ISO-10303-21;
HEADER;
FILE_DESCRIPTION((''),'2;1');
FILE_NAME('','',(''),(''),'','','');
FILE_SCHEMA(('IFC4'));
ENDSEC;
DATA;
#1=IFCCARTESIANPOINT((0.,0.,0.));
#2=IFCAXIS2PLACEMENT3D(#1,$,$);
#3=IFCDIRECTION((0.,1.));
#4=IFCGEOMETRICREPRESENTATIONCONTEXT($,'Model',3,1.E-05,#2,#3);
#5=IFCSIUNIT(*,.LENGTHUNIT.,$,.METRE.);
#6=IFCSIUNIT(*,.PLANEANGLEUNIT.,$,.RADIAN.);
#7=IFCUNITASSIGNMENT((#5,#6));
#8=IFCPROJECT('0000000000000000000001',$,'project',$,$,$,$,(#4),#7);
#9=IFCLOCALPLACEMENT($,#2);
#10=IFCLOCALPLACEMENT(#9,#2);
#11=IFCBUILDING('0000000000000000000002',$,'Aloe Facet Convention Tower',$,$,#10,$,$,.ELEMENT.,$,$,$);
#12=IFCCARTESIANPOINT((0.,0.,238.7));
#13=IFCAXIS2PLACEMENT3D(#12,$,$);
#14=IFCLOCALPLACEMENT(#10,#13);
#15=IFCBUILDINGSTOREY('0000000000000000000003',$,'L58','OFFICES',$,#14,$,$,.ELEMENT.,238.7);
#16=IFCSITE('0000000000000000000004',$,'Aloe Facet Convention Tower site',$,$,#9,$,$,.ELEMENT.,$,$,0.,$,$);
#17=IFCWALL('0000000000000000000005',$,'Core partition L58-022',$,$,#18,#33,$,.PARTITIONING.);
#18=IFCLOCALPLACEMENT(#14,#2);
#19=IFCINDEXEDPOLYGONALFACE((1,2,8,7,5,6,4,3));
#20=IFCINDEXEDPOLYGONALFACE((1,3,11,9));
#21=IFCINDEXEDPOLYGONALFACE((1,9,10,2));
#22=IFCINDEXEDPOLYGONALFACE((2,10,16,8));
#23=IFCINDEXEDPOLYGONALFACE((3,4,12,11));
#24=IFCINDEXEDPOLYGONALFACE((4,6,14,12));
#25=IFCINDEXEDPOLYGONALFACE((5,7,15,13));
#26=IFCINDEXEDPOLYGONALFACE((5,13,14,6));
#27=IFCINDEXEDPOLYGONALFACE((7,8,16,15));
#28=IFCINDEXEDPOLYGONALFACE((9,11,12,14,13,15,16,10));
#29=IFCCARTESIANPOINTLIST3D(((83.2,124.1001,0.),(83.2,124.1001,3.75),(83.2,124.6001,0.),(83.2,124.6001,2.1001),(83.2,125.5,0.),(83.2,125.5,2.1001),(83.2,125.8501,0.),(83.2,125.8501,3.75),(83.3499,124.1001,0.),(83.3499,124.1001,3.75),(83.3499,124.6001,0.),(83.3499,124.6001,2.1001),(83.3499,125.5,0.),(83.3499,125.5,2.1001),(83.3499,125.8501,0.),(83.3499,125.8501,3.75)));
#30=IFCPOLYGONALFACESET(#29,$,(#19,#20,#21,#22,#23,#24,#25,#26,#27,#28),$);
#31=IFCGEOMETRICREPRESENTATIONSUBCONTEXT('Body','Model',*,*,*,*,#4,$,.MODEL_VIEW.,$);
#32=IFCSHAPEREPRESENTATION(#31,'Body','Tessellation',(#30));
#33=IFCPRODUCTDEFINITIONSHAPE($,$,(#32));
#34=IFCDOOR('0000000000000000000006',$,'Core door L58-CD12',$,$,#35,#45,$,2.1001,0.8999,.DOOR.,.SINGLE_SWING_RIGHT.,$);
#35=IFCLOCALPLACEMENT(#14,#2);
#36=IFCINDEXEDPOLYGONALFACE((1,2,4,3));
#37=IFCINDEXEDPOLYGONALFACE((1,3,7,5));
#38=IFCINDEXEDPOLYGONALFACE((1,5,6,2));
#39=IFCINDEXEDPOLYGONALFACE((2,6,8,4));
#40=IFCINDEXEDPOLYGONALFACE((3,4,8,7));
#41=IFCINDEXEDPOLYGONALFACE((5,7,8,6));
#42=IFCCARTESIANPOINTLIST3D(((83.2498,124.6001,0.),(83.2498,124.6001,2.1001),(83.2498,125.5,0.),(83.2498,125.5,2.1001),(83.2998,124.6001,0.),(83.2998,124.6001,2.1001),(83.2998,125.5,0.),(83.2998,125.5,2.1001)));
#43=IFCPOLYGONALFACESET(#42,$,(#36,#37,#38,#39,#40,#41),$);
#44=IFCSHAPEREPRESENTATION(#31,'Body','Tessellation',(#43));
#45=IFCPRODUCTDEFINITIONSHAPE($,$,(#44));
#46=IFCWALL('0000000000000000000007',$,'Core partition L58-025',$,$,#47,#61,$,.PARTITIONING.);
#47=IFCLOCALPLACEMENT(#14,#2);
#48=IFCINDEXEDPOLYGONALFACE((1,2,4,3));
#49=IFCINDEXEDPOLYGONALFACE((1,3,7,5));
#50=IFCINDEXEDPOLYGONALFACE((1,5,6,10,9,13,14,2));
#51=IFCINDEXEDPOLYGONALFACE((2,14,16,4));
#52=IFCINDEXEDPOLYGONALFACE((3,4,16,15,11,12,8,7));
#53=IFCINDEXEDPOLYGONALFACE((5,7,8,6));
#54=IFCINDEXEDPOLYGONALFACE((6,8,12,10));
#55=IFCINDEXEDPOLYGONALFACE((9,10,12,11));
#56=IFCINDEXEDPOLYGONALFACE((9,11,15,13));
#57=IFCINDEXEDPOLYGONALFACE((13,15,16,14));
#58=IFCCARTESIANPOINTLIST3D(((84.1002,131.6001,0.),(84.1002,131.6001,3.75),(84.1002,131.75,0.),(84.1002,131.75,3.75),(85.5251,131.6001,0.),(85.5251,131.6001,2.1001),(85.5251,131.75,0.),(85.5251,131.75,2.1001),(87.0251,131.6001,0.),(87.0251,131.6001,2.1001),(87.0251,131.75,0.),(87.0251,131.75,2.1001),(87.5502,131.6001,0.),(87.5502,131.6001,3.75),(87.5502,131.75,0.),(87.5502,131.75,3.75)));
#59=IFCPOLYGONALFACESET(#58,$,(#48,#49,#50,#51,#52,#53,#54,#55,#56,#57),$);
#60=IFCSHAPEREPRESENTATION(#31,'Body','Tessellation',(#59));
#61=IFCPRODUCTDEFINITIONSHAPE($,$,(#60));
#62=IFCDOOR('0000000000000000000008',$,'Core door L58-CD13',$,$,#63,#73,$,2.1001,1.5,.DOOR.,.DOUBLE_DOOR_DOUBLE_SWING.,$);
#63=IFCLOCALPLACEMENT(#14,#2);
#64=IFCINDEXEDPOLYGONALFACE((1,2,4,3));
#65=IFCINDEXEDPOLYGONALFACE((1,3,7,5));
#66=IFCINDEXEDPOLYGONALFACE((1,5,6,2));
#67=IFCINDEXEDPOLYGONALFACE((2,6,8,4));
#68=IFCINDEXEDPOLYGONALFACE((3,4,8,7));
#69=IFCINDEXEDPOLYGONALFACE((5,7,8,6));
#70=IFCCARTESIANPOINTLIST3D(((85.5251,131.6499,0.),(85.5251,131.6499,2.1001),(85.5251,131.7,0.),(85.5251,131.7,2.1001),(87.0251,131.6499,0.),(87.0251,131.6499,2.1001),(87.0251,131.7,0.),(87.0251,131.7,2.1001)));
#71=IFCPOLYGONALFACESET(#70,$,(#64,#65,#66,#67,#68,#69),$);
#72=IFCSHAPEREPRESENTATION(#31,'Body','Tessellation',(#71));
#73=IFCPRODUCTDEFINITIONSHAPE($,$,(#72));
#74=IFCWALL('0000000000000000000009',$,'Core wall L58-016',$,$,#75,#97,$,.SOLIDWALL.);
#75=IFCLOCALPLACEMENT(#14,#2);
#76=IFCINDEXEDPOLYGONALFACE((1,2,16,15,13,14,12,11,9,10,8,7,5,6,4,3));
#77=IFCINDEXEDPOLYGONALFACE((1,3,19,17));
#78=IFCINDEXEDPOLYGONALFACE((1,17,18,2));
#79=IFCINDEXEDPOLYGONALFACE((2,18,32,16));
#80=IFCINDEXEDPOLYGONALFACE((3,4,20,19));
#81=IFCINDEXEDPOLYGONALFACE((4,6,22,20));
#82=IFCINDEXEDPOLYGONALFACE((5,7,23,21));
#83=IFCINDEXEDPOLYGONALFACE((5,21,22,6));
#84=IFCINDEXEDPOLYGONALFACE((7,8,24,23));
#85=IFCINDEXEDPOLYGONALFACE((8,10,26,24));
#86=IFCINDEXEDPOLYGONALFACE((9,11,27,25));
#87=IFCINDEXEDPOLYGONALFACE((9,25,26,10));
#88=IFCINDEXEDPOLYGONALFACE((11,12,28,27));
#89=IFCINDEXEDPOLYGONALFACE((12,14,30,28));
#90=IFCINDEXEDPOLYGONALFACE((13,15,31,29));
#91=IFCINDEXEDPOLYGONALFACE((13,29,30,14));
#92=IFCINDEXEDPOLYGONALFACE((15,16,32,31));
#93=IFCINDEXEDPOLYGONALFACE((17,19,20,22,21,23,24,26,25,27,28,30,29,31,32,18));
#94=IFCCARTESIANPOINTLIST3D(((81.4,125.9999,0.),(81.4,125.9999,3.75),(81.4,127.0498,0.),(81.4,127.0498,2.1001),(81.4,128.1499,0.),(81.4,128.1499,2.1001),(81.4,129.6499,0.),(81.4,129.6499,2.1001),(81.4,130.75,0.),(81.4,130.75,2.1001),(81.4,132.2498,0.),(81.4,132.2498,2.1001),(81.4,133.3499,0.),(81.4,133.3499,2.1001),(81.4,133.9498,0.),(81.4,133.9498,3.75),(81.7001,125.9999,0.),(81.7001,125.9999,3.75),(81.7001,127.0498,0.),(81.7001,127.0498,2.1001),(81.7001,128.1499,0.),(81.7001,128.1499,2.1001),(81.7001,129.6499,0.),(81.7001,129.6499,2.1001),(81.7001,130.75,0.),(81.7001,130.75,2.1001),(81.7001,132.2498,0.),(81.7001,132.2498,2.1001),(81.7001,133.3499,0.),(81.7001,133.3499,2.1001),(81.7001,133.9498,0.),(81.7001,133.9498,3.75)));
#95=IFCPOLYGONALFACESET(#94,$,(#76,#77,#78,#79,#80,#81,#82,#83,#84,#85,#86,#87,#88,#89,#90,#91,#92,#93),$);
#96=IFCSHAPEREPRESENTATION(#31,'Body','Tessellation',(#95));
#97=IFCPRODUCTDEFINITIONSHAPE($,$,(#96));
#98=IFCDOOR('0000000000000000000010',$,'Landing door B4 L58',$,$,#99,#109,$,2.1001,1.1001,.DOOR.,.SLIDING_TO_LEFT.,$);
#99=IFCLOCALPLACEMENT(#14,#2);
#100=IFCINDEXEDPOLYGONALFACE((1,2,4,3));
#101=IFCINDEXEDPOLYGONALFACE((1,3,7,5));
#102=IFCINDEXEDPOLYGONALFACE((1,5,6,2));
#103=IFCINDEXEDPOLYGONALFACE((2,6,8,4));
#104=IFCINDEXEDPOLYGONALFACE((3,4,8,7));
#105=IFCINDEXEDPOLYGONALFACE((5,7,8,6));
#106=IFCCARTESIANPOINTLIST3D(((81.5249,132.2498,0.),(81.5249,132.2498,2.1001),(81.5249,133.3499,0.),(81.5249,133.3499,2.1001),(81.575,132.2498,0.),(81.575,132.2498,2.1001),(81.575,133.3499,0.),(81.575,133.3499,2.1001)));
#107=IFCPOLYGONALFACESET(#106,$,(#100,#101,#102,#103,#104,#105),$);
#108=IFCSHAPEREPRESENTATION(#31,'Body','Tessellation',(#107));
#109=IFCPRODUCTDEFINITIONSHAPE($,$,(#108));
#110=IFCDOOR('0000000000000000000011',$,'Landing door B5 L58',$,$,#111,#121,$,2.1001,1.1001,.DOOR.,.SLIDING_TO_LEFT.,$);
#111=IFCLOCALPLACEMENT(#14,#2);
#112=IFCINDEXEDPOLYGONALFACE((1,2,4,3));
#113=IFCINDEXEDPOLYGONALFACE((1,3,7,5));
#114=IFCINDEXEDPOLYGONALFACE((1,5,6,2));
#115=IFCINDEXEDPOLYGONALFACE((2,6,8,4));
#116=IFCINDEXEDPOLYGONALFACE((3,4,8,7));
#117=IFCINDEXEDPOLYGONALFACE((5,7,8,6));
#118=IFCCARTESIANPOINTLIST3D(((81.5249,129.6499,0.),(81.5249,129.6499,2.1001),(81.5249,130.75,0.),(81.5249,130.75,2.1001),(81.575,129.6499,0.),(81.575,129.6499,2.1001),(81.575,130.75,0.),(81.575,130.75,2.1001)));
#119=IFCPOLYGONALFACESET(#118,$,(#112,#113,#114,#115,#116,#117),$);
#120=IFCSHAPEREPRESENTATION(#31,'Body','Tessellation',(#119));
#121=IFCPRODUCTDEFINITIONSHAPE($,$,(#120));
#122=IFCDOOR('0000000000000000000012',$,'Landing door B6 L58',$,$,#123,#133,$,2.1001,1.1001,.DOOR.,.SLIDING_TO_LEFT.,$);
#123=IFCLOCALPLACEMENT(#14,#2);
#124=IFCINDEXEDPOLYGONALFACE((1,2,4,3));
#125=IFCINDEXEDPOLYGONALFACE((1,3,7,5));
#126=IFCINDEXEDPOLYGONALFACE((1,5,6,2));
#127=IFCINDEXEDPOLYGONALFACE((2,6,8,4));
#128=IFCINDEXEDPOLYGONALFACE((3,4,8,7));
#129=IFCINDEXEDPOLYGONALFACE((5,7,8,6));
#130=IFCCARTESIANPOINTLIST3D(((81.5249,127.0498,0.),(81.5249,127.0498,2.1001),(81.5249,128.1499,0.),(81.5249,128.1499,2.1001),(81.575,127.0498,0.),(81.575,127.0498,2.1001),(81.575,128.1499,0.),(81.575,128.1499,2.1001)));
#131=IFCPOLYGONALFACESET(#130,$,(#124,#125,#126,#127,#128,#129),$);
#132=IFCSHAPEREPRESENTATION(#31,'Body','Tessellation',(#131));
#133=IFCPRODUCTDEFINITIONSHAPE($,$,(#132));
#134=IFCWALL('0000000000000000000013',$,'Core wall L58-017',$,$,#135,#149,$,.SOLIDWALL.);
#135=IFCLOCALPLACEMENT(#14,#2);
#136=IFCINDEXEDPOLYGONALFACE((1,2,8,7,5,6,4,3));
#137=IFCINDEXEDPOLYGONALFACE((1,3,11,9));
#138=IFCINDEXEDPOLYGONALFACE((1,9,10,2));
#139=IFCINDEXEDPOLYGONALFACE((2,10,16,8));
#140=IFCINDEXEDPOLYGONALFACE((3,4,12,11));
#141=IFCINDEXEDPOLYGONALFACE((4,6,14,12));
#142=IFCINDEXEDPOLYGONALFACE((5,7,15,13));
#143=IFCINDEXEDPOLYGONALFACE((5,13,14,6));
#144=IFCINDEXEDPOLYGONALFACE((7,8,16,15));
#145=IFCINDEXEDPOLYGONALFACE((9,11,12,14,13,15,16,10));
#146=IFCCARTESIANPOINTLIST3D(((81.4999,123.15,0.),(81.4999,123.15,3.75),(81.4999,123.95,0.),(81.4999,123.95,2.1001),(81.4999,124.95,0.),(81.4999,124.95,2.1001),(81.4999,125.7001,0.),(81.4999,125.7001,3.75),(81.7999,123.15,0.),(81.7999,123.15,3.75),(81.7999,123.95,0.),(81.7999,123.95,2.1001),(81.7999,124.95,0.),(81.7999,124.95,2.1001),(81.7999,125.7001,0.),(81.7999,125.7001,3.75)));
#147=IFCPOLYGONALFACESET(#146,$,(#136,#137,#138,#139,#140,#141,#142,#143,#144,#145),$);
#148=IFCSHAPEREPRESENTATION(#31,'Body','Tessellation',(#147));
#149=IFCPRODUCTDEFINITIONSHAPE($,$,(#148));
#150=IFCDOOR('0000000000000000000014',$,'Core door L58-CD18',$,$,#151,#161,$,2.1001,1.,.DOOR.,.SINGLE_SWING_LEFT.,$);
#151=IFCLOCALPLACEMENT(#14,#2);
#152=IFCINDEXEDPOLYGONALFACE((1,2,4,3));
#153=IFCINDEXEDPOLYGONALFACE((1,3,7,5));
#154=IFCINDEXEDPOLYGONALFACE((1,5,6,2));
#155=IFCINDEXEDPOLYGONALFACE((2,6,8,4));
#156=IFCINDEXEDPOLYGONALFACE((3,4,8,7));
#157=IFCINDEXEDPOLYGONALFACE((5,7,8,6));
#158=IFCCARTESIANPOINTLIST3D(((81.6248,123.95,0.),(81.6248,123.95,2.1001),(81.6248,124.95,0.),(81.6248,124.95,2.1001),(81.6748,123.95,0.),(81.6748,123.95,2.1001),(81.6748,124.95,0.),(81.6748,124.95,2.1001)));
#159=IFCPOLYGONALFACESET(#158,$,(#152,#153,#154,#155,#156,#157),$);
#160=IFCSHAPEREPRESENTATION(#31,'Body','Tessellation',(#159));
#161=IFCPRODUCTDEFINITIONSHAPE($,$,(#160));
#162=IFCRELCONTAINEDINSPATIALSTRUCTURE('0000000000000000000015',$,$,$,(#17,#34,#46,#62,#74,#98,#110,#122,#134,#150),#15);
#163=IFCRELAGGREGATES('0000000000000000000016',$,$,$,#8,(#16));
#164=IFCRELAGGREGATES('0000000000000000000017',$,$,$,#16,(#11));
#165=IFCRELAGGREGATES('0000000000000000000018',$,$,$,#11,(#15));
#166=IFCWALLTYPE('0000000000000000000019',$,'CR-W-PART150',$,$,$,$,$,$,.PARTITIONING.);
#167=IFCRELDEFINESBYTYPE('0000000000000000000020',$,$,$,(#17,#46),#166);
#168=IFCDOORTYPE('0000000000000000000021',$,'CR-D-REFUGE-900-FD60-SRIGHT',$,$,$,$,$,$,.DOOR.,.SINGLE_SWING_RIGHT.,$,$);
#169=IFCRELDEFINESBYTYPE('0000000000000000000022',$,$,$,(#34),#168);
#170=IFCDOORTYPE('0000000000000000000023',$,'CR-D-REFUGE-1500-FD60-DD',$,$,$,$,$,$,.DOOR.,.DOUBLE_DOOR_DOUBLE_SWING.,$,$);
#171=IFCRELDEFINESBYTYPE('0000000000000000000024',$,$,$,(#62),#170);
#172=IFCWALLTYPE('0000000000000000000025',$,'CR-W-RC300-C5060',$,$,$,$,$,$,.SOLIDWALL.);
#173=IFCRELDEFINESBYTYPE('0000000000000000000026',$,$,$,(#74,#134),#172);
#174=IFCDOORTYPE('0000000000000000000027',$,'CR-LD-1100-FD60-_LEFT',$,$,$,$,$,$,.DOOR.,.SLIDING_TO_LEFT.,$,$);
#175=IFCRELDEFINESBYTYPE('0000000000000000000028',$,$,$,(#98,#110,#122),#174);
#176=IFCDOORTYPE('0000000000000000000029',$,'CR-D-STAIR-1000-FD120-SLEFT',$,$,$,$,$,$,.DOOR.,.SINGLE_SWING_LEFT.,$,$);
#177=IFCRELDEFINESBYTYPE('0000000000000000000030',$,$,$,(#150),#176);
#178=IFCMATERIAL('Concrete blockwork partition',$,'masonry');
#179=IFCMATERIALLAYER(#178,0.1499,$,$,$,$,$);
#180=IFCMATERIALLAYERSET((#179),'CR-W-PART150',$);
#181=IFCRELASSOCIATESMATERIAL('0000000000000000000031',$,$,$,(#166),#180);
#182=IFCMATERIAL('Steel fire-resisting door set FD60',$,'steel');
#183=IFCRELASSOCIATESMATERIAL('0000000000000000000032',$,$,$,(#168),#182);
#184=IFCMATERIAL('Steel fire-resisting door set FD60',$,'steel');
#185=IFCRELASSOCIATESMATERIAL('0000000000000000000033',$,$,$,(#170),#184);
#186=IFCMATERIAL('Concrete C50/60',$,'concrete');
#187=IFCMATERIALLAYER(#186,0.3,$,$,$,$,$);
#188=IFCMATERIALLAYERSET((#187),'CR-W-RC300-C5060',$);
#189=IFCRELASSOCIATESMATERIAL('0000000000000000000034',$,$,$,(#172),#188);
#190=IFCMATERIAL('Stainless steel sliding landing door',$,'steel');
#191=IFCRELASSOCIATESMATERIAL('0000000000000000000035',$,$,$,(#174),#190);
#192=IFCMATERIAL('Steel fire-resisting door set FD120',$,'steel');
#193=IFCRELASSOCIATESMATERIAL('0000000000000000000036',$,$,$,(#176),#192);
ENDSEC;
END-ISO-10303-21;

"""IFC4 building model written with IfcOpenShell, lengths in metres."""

from ifc_helpers import new_model, si_unit, direction, frame, frame_2d, origin, place, context, subcontext, project, spatial, rectangle, extrude, material, layer, layer_set, type_object, element, fill, save


model = new_model("IFC4")

# Units and contexts
model_context = context("Model", 3, precision=1e-05, world=origin(), true_north=direction((0.0, 1.0)))
body_context = subcontext(model_context, "Body", "Model", "MODEL_VIEW")
ifc_project = project(units=[si_unit("LENGTHUNIT", "METRE"), si_unit("PLANEANGLEUNIT", "RADIAN")], contexts=[model_context])

# Site, building, storey
site_placement = place(None, origin())
site = spatial("IfcSite", under=ifc_project, at=site_placement, Name="Aloe Facet Convention Tower site", CompositionType="ELEMENT", RefElevation=0.0)
building_placement = place(site_placement, origin())
building = spatial("IfcBuilding", under=site, at=building_placement, Name="Aloe Facet Convention Tower", CompositionType="ELEMENT")
storey_placement = place(building_placement, frame((0.0, 0.0, 238.7)))
storey = spatial("IfcBuildingStorey", under=building, at=storey_placement, Name="L58", Description="OFFICES", CompositionType="ELEMENT", Elevation=238.7)

# Walls, openings, doors
ifc_material_1 = material(Name="Concrete blockwork partition", Category="masonry")
ifc_layer_1 = layer(ifc_material_1, 0.1499)
ifc_layer_set_1 = layer_set([ifc_layer_1], Name="CR-W-PART150")
wall_type_1 = type_object("IfcWallType", Name="CR-W-PART150", PredefinedType="PARTITIONING", material=ifc_layer_set_1)
wall_1_placement = place(storey_placement, frame((83.2749, 125.8501, 0.0), z_axis=(0.0, 0.0, 1.0), x_axis=(0.0, -1.0, 0.0)))
wall_1 = element("IfcWall", 1, at=wall_1_placement, inside=storey, type_object=wall_type_1, Name="Core partition L58-022", PredefinedType="PARTITIONING", context=body_context, shape_type="SweptSolid", body=[
    extrude(rectangle(XDim=1.75, YDim=0.1499, at=frame_2d((0.875, 0.0))), origin(), (0.0, 0.0, 1.0), 3.75),
])
opening_1_placement = place(wall_1_placement, frame((0.3501, 0.0, 0.0)))
opening_1 = element("IfcOpeningElement", 2, at=opening_1_placement, cuts=wall_1, PredefinedType="OPENING", context=body_context, shape_type="SweptSolid", body=[
    extrude(rectangle(XDim=0.8999, YDim=2.1001, at=frame_2d((0.45, 1.05))), frame((0.0, 0.085, 0.0), z_axis=(0.0, -1.0, 0.0), x_axis=(1.0, 0.0, 0.0)), (0.0, 0.0, 1.0), 0.1699),
])
ifc_material_2 = material(Name="Steel fire-resisting door set FD60", Category="steel")
door_type_1 = type_object("IfcDoorType", Name="CR-D-REFUGE-900-FD60-SRIGHT", OperationType="SINGLE_SWING_RIGHT", PredefinedType="DOOR", material=ifc_material_2)
door_1_placement = place(opening_1_placement, origin())
door_1 = element("IfcDoor", 3, at=door_1_placement, inside=storey, type_object=door_type_1, Name="Core door L58-CD12", OperationType="SINGLE_SWING_RIGHT", OverallHeight=2.1001, OverallWidth=0.8999, PredefinedType="DOOR", context=body_context, shape_type="SweptSolid", body=[
    extrude(rectangle(XDim=0.8999, YDim=2.1001, at=frame_2d((0.45, 1.05))), frame((0.0, 0.0249, 0.0), z_axis=(0.0, -1.0, 0.0), x_axis=(1.0, 0.0, 0.0)), (0.0, 0.0, 1.0), 0.05),
])
fill(opening_1, door_1)
wall_2_placement = place(storey_placement, frame((84.1001, 131.675, 0.0), z_axis=(0.0, 0.0, 1.0), x_axis=(1.0, 0.0, 0.0)))
wall_2 = element("IfcWall", 4, at=wall_2_placement, inside=storey, type_object=wall_type_1, Name="Core partition L58-025", PredefinedType="PARTITIONING", context=body_context, shape_type="SweptSolid", body=[
    extrude(rectangle(XDim=3.45, YDim=0.1499, at=frame_2d((1.7251, 0.0))), origin(), (0.0, 0.0, 1.0), 3.75),
])
opening_2_placement = place(wall_2_placement, frame((1.425, 0.0, 0.0)))
opening_2 = element("IfcOpeningElement", 5, at=opening_2_placement, cuts=wall_2, PredefinedType="OPENING", context=body_context, shape_type="SweptSolid", body=[
    extrude(rectangle(XDim=1.5, YDim=2.1001, at=frame_2d((0.75, 1.05))), frame((0.0, 0.085, 0.0), z_axis=(0.0, -1.0, 0.0), x_axis=(1.0, 0.0, 0.0)), (0.0, 0.0, 1.0), 0.1699),
])
ifc_material_3 = material(Name="Steel fire-resisting door set FD60", Category="steel")
door_type_2 = type_object("IfcDoorType", Name="CR-D-REFUGE-1500-FD60-DD", OperationType="DOUBLE_DOOR_DOUBLE_SWING", PredefinedType="DOOR", material=ifc_material_3)
door_2_placement = place(opening_2_placement, origin())
door_2 = element("IfcDoor", 6, at=door_2_placement, inside=storey, type_object=door_type_2, Name="Core door L58-CD13", OperationType="DOUBLE_DOOR_DOUBLE_SWING", OverallHeight=2.1001, OverallWidth=1.5, PredefinedType="DOOR", context=body_context, shape_type="SweptSolid", body=[
    extrude(rectangle(XDim=1.5, YDim=2.1001, at=frame_2d((0.75, 1.05))), frame((0.0, 0.0249, 0.0), z_axis=(0.0, -1.0, 0.0), x_axis=(1.0, 0.0, 0.0)), (0.0, 0.0, 1.0), 0.05),
])
fill(opening_2, door_2)

# Wall, openings, doors
ifc_material_4 = material(Name="Concrete C50/60", Category="concrete")
ifc_layer_2 = layer(ifc_material_4, 0.3)
ifc_layer_set_2 = layer_set([ifc_layer_2], Name="CR-W-RC300-C5060")
wall_type_2 = type_object("IfcWallType", Name="CR-W-RC300-C5060", PredefinedType="SOLIDWALL", material=ifc_layer_set_2)
wall_3_placement = place(storey_placement, frame((81.55, 133.95, 0.0), z_axis=(0.0, 0.0, 1.0), x_axis=(0.0, -1.0, 0.0)))
wall_3 = element("IfcWall", 7, at=wall_3_placement, inside=storey, type_object=wall_type_2, Name="Core wall L58-016", PredefinedType="SOLIDWALL", context=body_context, shape_type="SweptSolid", body=[
    extrude(rectangle(XDim=7.95, YDim=0.3, at=frame_2d((3.9751, 0.0))), origin(), (0.0, 0.0, 1.0), 3.75),
])
opening_3_placement = place(wall_3_placement, frame((0.6001, 0.0, 0.0)))
opening_3 = element("IfcOpeningElement", 8, at=opening_3_placement, cuts=wall_3, PredefinedType="OPENING", context=body_context, shape_type="SweptSolid", body=[
    extrude(rectangle(XDim=1.1001, YDim=2.1001, at=frame_2d((0.55, 1.05))), frame((0.0, 0.1602, 0.0), z_axis=(0.0, -1.0, 0.0), x_axis=(1.0, 0.0, 0.0)), (0.0, 0.0, 1.0), 0.3201),
])
opening_4_placement = place(wall_3_placement, frame((3.2, 0.0, 0.0)))
opening_4 = element("IfcOpeningElement", 9, at=opening_4_placement, cuts=wall_3, PredefinedType="OPENING", context=body_context, shape_type="SweptSolid", body=[
    extrude(rectangle(XDim=1.1001, YDim=2.1001, at=frame_2d((0.55, 1.05))), frame((0.0, 0.1602, 0.0), z_axis=(0.0, -1.0, 0.0), x_axis=(1.0, 0.0, 0.0)), (0.0, 0.0, 1.0), 0.3201),
])
opening_5_placement = place(wall_3_placement, frame((5.8, 0.0, 0.0)))
opening_5 = element("IfcOpeningElement", 10, at=opening_5_placement, cuts=wall_3, PredefinedType="OPENING", context=body_context, shape_type="SweptSolid", body=[
    extrude(rectangle(XDim=1.1001, YDim=2.1001, at=frame_2d((0.55, 1.05))), frame((0.0, 0.1602, 0.0), z_axis=(0.0, -1.0, 0.0), x_axis=(1.0, 0.0, 0.0)), (0.0, 0.0, 1.0), 0.3201),
])
ifc_material_5 = material(Name="Stainless steel sliding landing door", Category="steel")
door_type_3 = type_object("IfcDoorType", Name="CR-LD-1100-FD60-_LEFT", OperationType="SLIDING_TO_LEFT", PredefinedType="DOOR", material=ifc_material_5)
door_3_placement = place(opening_3_placement, origin())
door_3 = element("IfcDoor", 11, at=door_3_placement, inside=storey, type_object=door_type_3, Name="Landing door B4 L58", OperationType="SLIDING_TO_LEFT", OverallHeight=2.1001, OverallWidth=1.1001, PredefinedType="DOOR", context=body_context, shape_type="SweptSolid", body=[
    extrude(rectangle(XDim=1.1001, YDim=2.1001, at=frame_2d((0.55, 1.05))), frame((0.0, 0.0249, 0.0), z_axis=(0.0, -1.0, 0.0), x_axis=(1.0, 0.0, 0.0)), (0.0, 0.0, 1.0), 0.05),
])
fill(opening_3, door_3)
door_4_placement = place(opening_4_placement, origin())
door_4 = element("IfcDoor", 12, at=door_4_placement, inside=storey, type_object=door_type_3, Name="Landing door B5 L58", OperationType="SLIDING_TO_LEFT", OverallHeight=2.1001, OverallWidth=1.1001, PredefinedType="DOOR", context=body_context, shape_type="SweptSolid", body=[
    extrude(rectangle(XDim=1.1001, YDim=2.1001, at=frame_2d((0.55, 1.05))), frame((0.0, 0.0249, 0.0), z_axis=(0.0, -1.0, 0.0), x_axis=(1.0, 0.0, 0.0)), (0.0, 0.0, 1.0), 0.05),
])
fill(opening_4, door_4)
door_5_placement = place(opening_5_placement, origin())
door_5 = element("IfcDoor", 13, at=door_5_placement, inside=storey, type_object=door_type_3, Name="Landing door B6 L58", OperationType="SLIDING_TO_LEFT", OverallHeight=2.1001, OverallWidth=1.1001, PredefinedType="DOOR", context=body_context, shape_type="SweptSolid", body=[
    extrude(rectangle(XDim=1.1001, YDim=2.1001, at=frame_2d((0.55, 1.05))), frame((0.0, 0.0249, 0.0), z_axis=(0.0, -1.0, 0.0), x_axis=(1.0, 0.0, 0.0)), (0.0, 0.0, 1.0), 0.05),
])
fill(opening_5, door_5)

# Wall, opening, door
wall_4_placement = place(storey_placement, frame((81.6499, 125.7, 0.0), z_axis=(0.0, 0.0, 1.0), x_axis=(0.0, -1.0, 0.0)))
wall_4 = element("IfcWall", 14, at=wall_4_placement, inside=storey, type_object=wall_type_2, Name="Core wall L58-017", PredefinedType="SOLIDWALL", context=body_context, shape_type="SweptSolid", body=[
    extrude(rectangle(XDim=2.55, YDim=0.3, at=frame_2d((1.2749, 0.0))), origin(), (0.0, 0.0, 1.0), 3.75),
])
opening_6_placement = place(wall_4_placement, frame((0.75, 0.0, 0.0)))
opening_6 = element("IfcOpeningElement", 15, at=opening_6_placement, cuts=wall_4, PredefinedType="OPENING", context=body_context, shape_type="SweptSolid", body=[
    extrude(rectangle(XDim=1.0, YDim=2.1001, at=frame_2d((0.5, 1.05))), frame((0.0, 0.1602, 0.0), z_axis=(0.0, -1.0, 0.0), x_axis=(1.0, 0.0, 0.0)), (0.0, 0.0, 1.0), 0.3201),
])
ifc_material_6 = material(Name="Steel fire-resisting door set FD120", Category="steel")
door_type_4 = type_object("IfcDoorType", Name="CR-D-STAIR-1000-FD120-SLEFT", OperationType="SINGLE_SWING_LEFT", PredefinedType="DOOR", material=ifc_material_6)
door_6_placement = place(opening_6_placement, origin())
door_6 = element("IfcDoor", 16, at=door_6_placement, inside=storey, type_object=door_type_4, Name="Core door L58-CD18", OperationType="SINGLE_SWING_LEFT", OverallHeight=2.1001, OverallWidth=1.0, PredefinedType="DOOR", context=body_context, shape_type="SweptSolid", body=[
    extrude(rectangle(XDim=1.0, YDim=2.1001, at=frame_2d((0.5, 1.05))), frame((0.0, 0.0249, 0.0), z_axis=(0.0, -1.0, 0.0), x_axis=(1.0, 0.0, 0.0)), (0.0, 0.0, 1.0), 0.05),
])
fill(opening_6, door_6)

save(model, "model.ifc")
